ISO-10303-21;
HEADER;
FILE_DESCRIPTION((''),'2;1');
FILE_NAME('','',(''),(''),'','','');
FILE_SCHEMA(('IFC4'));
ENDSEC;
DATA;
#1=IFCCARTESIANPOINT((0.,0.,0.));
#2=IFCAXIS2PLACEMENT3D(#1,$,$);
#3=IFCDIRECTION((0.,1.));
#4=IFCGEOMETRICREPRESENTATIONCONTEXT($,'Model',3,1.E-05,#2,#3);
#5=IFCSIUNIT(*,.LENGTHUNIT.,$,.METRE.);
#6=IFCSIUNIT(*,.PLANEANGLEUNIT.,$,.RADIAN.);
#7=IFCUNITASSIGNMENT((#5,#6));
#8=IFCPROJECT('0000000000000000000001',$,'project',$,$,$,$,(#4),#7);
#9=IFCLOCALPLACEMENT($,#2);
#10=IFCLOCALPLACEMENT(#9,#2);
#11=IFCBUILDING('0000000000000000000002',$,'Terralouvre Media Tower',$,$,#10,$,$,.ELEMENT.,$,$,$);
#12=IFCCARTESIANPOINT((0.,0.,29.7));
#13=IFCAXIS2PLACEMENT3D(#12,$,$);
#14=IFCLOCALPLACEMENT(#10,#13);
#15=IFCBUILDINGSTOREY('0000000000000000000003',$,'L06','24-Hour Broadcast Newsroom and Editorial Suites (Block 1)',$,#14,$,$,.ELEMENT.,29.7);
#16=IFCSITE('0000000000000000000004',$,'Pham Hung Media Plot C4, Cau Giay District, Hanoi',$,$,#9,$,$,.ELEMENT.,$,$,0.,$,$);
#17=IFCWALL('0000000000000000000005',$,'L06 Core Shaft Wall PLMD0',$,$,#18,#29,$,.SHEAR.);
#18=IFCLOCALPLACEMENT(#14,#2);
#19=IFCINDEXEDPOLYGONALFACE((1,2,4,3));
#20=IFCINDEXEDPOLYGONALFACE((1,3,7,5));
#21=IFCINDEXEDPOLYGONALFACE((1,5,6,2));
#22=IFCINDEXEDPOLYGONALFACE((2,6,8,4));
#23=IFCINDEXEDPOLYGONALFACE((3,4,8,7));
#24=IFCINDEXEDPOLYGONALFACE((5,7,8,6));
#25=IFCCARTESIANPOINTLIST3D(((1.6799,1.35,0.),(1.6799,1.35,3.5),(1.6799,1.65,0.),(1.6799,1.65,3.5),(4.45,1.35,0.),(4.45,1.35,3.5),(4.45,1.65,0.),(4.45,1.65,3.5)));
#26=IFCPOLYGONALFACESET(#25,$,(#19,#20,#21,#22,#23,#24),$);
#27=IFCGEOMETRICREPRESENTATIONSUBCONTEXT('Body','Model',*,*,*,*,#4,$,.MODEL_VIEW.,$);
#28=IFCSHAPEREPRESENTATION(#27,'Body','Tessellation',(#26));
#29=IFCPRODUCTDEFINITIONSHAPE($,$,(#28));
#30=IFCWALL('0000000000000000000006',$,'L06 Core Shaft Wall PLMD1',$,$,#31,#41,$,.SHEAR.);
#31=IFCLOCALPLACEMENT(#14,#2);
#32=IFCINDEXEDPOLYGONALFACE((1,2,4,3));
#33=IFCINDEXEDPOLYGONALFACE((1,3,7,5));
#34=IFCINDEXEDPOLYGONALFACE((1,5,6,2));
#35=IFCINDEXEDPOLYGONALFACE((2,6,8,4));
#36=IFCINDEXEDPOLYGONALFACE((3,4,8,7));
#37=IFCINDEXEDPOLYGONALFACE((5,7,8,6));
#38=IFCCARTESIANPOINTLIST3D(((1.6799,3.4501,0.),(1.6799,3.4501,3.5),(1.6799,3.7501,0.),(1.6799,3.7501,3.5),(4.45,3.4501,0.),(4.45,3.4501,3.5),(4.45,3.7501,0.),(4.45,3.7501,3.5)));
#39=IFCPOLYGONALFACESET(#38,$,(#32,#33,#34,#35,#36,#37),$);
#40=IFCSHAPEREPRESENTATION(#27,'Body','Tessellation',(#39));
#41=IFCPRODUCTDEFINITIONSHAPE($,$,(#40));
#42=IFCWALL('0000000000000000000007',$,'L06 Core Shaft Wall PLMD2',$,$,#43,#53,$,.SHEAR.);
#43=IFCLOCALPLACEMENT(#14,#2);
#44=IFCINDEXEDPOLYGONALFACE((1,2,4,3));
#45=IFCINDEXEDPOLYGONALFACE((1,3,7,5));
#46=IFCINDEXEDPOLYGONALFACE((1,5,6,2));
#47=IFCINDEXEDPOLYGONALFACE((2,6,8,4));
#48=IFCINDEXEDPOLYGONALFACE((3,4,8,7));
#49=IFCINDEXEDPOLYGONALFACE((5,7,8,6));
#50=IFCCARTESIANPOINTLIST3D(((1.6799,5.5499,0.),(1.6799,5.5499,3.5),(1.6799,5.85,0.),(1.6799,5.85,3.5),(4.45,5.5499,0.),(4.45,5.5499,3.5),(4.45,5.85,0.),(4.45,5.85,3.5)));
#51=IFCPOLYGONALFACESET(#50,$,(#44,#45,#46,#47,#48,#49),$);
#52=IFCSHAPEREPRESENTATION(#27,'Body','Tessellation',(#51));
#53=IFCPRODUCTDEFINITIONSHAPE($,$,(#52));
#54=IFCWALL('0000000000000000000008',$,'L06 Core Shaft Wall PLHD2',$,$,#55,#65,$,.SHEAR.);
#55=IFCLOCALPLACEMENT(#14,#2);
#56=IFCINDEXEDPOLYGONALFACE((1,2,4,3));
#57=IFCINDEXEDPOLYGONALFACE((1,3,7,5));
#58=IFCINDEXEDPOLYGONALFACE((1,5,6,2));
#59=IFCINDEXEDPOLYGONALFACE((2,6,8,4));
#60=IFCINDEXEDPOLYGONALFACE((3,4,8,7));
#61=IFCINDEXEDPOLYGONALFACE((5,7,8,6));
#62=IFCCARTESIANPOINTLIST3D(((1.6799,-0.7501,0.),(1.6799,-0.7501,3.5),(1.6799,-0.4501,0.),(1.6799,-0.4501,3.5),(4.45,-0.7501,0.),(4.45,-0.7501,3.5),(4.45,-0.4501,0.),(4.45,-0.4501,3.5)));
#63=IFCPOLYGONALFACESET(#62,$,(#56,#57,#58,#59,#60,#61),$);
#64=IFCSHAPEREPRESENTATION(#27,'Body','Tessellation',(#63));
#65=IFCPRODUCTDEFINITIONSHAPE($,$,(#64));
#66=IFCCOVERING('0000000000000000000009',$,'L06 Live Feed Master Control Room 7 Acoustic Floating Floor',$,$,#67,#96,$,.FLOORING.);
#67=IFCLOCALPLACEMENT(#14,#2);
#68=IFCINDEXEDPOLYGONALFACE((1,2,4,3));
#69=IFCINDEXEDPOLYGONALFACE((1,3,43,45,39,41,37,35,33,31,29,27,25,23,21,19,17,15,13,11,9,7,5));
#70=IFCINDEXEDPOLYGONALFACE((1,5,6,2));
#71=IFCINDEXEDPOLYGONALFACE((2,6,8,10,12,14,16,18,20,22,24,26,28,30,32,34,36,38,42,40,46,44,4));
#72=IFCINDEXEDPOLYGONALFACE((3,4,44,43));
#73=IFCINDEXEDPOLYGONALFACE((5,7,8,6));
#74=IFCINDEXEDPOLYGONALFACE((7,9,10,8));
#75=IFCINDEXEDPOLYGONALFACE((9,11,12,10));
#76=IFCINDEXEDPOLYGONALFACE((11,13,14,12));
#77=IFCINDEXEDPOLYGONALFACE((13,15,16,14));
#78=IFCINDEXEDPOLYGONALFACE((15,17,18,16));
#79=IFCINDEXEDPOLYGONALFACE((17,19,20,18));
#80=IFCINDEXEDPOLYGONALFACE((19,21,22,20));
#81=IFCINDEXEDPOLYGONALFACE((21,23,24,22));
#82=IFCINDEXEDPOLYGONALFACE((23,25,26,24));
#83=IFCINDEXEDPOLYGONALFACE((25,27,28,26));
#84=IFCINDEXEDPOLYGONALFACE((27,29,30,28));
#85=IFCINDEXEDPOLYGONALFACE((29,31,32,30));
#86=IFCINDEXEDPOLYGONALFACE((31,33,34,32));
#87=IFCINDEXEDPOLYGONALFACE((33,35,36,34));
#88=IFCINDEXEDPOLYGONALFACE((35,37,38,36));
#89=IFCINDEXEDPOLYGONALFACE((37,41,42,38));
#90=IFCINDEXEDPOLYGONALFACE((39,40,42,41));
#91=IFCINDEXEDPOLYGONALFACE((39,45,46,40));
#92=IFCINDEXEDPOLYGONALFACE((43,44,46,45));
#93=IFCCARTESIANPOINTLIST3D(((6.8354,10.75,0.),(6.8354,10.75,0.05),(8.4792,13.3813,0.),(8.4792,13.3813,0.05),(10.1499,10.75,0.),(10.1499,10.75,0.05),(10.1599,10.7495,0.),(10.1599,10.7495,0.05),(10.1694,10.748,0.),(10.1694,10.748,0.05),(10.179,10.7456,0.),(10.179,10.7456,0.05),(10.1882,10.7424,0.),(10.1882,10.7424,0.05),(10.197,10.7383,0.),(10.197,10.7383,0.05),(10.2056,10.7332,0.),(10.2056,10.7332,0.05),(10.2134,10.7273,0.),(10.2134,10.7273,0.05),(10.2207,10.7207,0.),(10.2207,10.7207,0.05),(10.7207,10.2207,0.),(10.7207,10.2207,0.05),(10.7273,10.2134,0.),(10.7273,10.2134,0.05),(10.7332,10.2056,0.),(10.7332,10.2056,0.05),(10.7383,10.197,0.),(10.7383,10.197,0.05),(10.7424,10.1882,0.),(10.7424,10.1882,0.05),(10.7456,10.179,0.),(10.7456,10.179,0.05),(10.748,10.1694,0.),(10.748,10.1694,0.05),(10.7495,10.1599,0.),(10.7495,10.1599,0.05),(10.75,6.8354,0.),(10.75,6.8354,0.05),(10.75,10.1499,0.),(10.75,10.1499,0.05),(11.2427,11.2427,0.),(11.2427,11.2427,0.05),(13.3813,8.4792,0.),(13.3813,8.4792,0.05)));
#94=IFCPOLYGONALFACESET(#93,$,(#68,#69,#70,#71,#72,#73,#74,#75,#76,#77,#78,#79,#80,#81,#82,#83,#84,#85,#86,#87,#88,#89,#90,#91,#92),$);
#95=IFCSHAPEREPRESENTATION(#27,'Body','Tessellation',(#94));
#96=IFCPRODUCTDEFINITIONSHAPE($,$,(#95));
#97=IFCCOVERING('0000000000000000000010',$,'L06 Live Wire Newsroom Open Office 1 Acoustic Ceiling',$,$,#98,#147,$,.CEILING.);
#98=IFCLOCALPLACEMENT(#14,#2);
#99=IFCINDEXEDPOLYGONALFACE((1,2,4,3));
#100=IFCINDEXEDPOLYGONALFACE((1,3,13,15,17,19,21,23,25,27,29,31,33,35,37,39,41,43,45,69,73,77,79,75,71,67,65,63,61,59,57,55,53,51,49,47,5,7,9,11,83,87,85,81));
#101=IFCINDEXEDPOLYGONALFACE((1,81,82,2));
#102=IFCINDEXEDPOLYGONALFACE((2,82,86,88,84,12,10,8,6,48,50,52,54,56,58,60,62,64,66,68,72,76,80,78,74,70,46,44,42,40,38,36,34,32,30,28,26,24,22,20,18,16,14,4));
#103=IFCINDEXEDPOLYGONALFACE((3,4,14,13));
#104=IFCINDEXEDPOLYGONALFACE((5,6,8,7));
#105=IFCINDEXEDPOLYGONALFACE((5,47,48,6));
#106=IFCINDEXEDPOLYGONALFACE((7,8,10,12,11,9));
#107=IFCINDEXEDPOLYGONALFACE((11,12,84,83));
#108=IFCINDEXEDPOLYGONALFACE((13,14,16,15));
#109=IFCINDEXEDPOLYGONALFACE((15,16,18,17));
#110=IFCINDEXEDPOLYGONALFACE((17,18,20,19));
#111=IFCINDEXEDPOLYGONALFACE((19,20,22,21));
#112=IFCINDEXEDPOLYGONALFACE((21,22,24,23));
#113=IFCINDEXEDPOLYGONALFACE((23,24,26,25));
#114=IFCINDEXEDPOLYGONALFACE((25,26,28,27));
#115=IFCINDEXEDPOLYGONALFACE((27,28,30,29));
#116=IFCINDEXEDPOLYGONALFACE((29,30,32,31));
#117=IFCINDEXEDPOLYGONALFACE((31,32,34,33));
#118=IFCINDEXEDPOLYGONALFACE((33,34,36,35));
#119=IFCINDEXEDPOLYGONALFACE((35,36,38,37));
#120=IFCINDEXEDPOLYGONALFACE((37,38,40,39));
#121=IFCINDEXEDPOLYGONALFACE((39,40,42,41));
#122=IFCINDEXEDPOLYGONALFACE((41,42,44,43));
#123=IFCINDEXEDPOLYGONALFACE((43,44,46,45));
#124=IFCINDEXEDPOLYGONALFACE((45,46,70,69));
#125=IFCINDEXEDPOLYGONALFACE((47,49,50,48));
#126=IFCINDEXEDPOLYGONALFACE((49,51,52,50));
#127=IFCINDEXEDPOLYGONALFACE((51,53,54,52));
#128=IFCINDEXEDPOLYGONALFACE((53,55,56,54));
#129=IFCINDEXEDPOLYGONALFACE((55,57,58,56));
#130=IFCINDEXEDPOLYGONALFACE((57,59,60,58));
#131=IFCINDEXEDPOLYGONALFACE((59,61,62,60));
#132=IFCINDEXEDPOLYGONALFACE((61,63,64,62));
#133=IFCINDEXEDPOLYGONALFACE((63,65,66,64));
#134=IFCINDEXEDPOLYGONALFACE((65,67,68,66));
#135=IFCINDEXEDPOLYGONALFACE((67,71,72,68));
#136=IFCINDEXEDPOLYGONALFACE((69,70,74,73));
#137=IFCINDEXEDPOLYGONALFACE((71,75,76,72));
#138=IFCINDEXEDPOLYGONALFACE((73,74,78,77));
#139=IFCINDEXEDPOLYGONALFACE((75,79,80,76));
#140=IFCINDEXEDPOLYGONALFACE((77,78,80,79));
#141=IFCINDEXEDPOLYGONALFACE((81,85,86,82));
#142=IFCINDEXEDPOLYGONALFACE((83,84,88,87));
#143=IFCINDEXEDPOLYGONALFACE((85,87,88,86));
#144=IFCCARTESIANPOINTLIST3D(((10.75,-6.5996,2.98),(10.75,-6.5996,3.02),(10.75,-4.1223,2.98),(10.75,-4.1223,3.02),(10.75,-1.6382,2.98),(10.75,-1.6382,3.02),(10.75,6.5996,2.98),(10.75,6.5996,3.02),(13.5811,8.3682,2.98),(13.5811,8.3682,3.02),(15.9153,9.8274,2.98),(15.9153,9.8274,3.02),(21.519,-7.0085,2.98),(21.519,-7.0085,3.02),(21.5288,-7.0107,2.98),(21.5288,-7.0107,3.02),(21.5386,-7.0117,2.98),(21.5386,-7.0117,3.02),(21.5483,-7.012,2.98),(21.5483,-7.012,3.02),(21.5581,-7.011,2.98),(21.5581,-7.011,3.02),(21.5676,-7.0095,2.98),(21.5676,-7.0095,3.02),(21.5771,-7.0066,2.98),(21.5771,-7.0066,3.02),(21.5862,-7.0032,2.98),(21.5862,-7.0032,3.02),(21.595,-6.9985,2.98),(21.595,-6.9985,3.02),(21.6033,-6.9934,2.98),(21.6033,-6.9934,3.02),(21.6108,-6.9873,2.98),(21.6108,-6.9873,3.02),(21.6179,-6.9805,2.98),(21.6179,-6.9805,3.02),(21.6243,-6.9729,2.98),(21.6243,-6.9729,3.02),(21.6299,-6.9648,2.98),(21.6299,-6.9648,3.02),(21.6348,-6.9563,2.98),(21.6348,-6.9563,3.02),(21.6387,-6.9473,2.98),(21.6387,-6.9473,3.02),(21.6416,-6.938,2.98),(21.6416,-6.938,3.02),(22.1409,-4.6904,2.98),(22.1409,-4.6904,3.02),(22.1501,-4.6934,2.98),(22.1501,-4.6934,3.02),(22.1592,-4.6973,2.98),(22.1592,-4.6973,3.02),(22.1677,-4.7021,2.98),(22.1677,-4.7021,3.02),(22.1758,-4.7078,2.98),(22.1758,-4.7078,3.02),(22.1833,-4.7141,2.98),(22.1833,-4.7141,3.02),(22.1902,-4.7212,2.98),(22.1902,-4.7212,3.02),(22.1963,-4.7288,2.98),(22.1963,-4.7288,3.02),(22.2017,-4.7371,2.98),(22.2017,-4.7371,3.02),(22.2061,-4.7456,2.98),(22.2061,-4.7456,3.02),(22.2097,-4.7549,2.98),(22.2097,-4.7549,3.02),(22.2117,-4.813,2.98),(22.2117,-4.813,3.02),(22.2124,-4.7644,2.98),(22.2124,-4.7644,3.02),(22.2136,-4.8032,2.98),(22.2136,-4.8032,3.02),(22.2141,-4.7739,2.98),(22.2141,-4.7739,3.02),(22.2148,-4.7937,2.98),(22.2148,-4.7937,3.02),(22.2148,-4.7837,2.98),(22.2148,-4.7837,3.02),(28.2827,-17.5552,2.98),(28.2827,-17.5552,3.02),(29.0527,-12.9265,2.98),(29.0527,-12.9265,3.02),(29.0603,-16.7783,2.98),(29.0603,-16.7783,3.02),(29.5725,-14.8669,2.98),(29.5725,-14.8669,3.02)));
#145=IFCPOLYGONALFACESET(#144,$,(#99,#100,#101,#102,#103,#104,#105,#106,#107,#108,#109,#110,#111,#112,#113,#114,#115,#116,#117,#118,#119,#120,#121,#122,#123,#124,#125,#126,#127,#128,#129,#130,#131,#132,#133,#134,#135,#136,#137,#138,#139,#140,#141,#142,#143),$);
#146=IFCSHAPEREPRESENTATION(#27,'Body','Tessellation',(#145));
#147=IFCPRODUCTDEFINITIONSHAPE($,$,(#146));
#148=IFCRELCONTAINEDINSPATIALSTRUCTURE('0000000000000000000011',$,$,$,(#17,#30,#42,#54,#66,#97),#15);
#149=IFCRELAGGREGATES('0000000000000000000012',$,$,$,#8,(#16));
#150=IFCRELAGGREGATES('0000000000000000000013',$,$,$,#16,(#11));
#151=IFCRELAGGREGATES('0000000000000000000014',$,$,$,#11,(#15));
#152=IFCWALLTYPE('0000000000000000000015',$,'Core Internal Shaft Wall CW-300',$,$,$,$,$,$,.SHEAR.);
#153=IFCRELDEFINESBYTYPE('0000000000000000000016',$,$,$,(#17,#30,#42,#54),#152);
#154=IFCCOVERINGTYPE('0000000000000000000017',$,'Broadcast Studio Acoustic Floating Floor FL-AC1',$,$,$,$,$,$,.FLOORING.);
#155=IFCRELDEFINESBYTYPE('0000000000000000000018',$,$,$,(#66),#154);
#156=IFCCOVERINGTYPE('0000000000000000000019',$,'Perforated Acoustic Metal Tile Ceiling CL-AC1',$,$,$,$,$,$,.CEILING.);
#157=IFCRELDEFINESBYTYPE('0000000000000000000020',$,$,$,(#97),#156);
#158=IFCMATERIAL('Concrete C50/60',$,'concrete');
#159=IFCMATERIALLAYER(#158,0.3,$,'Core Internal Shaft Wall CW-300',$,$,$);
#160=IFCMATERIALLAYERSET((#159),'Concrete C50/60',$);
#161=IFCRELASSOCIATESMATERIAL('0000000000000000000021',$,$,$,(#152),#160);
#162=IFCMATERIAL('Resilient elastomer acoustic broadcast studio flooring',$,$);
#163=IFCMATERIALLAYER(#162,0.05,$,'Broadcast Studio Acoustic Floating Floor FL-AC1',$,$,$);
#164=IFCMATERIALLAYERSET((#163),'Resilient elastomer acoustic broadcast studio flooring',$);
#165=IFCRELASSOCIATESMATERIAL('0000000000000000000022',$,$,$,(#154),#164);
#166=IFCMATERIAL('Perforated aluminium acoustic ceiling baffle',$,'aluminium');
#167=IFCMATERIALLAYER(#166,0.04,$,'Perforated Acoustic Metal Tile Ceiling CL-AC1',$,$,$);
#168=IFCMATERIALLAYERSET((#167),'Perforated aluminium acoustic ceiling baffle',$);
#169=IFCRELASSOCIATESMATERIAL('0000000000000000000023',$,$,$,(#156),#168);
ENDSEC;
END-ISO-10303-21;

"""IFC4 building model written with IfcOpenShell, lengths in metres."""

from ifc_helpers import new_model, si_unit, direction, frame, frame_2d, origin, place, context, subcontext, project, spatial, polyline, rectangle, outline, extrude, material, layer, layer_set, type_object, element, save


model = new_model("IFC4")

# Units and contexts
model_context = context("Model", 3, precision=1e-05, world=origin(), true_north=direction((0.0, 1.0)))
body_context = subcontext(model_context, "Body", "Model", "MODEL_VIEW")
ifc_project = project(units=[si_unit("LENGTHUNIT", "METRE"), si_unit("PLANEANGLEUNIT", "RADIAN")], contexts=[model_context])

# Site, building, storey
site_placement = place(None, origin())
site = spatial("IfcSite", under=ifc_project, at=site_placement, Name="Pham Hung Media Plot C4, Cau Giay District, Hanoi", CompositionType="ELEMENT", RefElevation=0.0)
building_placement = place(site_placement, origin())
building = spatial("IfcBuilding", under=site, at=building_placement, Name="Terralouvre Media Tower", CompositionType="ELEMENT")
storey_placement = place(building_placement, frame((0.0, 0.0, 29.7)))
storey = spatial("IfcBuildingStorey", under=building, at=storey_placement, Name="L06", Description="24-Hour Broadcast Newsroom and Editorial Suites (Block 1)", CompositionType="ELEMENT", Elevation=29.7)

# Shared definitions
ifc_material_1 = material(Name="Concrete C50/60", Category="concrete")
ifc_layer_1 = layer(ifc_material_1, 0.3, Name="Core Internal Shaft Wall CW-300")
ifc_layer_set_1 = layer_set([ifc_layer_1], Name="Concrete C50/60")
wall_type = type_object("IfcWallType", Name="Core Internal Shaft Wall CW-300", PredefinedType="SHEAR", material=ifc_layer_set_1)

# Walls
for number, where, z_axis, x_axis, name in (
    (1, (1.6799, 1.5, 0.0), (0.0, 0.0, 1.0), (1.0, 0.0, 0.0), "L06 Core Shaft Wall PLMD0"),
    (2, (1.6799, 3.6001, 0.0), (0.0, 0.0, 1.0), (1.0, 0.0, 0.0), "L06 Core Shaft Wall PLMD1"),
    (3, (1.6799, 5.7, 0.0), (0.0, 0.0, 1.0), (1.0, 0.0, 0.0), "L06 Core Shaft Wall PLMD2"),
    (4, (1.6799, -0.6001, 0.0), (0.0, 0.0, 1.0), (1.0, 0.0, 0.0), "L06 Core Shaft Wall PLHD2"),
):
    element("IfcWall", number, at=place(storey_placement, frame(where, z_axis=z_axis, x_axis=x_axis)), inside=storey, type_object=wall_type, Name=name, PredefinedType="SHEAR", context=body_context, shape_type="SweptSolid", body=[
        extrude(rectangle(XDim=2.77, YDim=0.3, at=frame_2d((1.385, 0.0))), origin(), (0.0, 0.0, 1.0), 3.5),
    ])

# Coverings
ifc_material_2 = material(Name="Resilient elastomer acoustic broadcast studio flooring")
ifc_layer_2 = layer(ifc_material_2, 0.05, Name="Broadcast Studio Acoustic Floating Floor FL-AC1")
ifc_layer_set_2 = layer_set([ifc_layer_2], Name="Resilient elastomer acoustic broadcast studio flooring")
covering_type_1 = type_object("IfcCoveringType", Name="Broadcast Studio Acoustic Floating Floor FL-AC1", PredefinedType="FLOORING", material=ifc_layer_set_2)
covering_1_placement = place(storey_placement, origin())
element("IfcCovering", 5, at=covering_1_placement, inside=storey, type_object=covering_type_1, Name="L06 Live Feed Master Control Room 7 Acoustic Floating Floor", PredefinedType="FLOORING", context=body_context, shape_type="SweptSolid", body=[
    extrude(outline(polyline([(11.2427, 11.2427), (8.4792, 13.3813), (6.8354, 10.75), (10.1499, 10.75), (10.1599, 10.7495), (10.1694, 10.748), (10.179, 10.7456), (10.1882, 10.7424), (10.197, 10.7383), (10.2056, 10.7332), (10.2134, 10.7273), (10.2207, 10.7207), (10.7207, 10.2207), (10.7273, 10.2134), (10.7332, 10.2056), (10.7383, 10.197), (10.7424, 10.1882), (10.7456, 10.179), (10.748, 10.1694), (10.7495, 10.1599), (10.75, 10.1499), (10.75, 6.8354), (13.3813, 8.4792), (11.2427, 11.2427)])), origin(), (0.0, 0.0, 1.0), 0.05),
])
ifc_material_3 = material(Name="Perforated aluminium acoustic ceiling baffle", Category="aluminium")
ifc_layer_3 = layer(ifc_material_3, 0.04, Name="Perforated Acoustic Metal Tile Ceiling CL-AC1")
ifc_layer_set_3 = layer_set([ifc_layer_3], Name="Perforated aluminium acoustic ceiling baffle")
covering_type_2 = type_object("IfcCoveringType", Name="Perforated Acoustic Metal Tile Ceiling CL-AC1", PredefinedType="CEILING", material=ifc_layer_set_3)
covering_2_placement = place(storey_placement, frame((0.0, 0.0, 2.98)))
element("IfcCovering", 6, at=covering_2_placement, inside=storey, type_object=covering_type_2, Name="L06 Live Wire Newsroom Open Office 1 Acoustic Ceiling", PredefinedType="CEILING", context=body_context, shape_type="SweptSolid", body=[
    extrude(outline(polyline([(10.75, 6.5996), (10.75, -1.6382), (22.1409, -4.6904), (22.1501, -4.6934), (22.1592, -4.6973), (22.1677, -4.7021), (22.1758, -4.7078), (22.1833, -4.7141), (22.1902, -4.7212), (22.1963, -4.7288), (22.2017, -4.7371), (22.2061, -4.7456), (22.2097, -4.7549), (22.2124, -4.7644), (22.2141, -4.7739), (22.2148, -4.7837), (22.2148, -4.7937), (22.2136, -4.8032), (22.2117, -4.813), (21.6416, -6.938), (21.6387, -6.9473), (21.6348, -6.9563), (21.6299, -6.9648), (21.6243, -6.9729), (21.6179, -6.9805), (21.6108, -6.9873), (21.6033, -6.9934), (21.595, -6.9985), (21.5862, -7.0032), (21.5771, -7.0066), (21.5676, -7.0095), (21.5581, -7.011), (21.5483, -7.012), (21.5386, -7.0117), (21.5288, -7.0107), (21.519, -7.0085), (10.75, -4.1223), (10.75, -6.5996), (28.2827, -17.5552), (29.0603, -16.7783), (29.5725, -14.8669), (29.0527, -12.9265), (15.9153, 9.8274), (13.5811, 8.3682), (10.75, 6.5996)])), origin(), (0.0, 0.0, 1.0), 0.04),
])

save(model, "model.ifc")
